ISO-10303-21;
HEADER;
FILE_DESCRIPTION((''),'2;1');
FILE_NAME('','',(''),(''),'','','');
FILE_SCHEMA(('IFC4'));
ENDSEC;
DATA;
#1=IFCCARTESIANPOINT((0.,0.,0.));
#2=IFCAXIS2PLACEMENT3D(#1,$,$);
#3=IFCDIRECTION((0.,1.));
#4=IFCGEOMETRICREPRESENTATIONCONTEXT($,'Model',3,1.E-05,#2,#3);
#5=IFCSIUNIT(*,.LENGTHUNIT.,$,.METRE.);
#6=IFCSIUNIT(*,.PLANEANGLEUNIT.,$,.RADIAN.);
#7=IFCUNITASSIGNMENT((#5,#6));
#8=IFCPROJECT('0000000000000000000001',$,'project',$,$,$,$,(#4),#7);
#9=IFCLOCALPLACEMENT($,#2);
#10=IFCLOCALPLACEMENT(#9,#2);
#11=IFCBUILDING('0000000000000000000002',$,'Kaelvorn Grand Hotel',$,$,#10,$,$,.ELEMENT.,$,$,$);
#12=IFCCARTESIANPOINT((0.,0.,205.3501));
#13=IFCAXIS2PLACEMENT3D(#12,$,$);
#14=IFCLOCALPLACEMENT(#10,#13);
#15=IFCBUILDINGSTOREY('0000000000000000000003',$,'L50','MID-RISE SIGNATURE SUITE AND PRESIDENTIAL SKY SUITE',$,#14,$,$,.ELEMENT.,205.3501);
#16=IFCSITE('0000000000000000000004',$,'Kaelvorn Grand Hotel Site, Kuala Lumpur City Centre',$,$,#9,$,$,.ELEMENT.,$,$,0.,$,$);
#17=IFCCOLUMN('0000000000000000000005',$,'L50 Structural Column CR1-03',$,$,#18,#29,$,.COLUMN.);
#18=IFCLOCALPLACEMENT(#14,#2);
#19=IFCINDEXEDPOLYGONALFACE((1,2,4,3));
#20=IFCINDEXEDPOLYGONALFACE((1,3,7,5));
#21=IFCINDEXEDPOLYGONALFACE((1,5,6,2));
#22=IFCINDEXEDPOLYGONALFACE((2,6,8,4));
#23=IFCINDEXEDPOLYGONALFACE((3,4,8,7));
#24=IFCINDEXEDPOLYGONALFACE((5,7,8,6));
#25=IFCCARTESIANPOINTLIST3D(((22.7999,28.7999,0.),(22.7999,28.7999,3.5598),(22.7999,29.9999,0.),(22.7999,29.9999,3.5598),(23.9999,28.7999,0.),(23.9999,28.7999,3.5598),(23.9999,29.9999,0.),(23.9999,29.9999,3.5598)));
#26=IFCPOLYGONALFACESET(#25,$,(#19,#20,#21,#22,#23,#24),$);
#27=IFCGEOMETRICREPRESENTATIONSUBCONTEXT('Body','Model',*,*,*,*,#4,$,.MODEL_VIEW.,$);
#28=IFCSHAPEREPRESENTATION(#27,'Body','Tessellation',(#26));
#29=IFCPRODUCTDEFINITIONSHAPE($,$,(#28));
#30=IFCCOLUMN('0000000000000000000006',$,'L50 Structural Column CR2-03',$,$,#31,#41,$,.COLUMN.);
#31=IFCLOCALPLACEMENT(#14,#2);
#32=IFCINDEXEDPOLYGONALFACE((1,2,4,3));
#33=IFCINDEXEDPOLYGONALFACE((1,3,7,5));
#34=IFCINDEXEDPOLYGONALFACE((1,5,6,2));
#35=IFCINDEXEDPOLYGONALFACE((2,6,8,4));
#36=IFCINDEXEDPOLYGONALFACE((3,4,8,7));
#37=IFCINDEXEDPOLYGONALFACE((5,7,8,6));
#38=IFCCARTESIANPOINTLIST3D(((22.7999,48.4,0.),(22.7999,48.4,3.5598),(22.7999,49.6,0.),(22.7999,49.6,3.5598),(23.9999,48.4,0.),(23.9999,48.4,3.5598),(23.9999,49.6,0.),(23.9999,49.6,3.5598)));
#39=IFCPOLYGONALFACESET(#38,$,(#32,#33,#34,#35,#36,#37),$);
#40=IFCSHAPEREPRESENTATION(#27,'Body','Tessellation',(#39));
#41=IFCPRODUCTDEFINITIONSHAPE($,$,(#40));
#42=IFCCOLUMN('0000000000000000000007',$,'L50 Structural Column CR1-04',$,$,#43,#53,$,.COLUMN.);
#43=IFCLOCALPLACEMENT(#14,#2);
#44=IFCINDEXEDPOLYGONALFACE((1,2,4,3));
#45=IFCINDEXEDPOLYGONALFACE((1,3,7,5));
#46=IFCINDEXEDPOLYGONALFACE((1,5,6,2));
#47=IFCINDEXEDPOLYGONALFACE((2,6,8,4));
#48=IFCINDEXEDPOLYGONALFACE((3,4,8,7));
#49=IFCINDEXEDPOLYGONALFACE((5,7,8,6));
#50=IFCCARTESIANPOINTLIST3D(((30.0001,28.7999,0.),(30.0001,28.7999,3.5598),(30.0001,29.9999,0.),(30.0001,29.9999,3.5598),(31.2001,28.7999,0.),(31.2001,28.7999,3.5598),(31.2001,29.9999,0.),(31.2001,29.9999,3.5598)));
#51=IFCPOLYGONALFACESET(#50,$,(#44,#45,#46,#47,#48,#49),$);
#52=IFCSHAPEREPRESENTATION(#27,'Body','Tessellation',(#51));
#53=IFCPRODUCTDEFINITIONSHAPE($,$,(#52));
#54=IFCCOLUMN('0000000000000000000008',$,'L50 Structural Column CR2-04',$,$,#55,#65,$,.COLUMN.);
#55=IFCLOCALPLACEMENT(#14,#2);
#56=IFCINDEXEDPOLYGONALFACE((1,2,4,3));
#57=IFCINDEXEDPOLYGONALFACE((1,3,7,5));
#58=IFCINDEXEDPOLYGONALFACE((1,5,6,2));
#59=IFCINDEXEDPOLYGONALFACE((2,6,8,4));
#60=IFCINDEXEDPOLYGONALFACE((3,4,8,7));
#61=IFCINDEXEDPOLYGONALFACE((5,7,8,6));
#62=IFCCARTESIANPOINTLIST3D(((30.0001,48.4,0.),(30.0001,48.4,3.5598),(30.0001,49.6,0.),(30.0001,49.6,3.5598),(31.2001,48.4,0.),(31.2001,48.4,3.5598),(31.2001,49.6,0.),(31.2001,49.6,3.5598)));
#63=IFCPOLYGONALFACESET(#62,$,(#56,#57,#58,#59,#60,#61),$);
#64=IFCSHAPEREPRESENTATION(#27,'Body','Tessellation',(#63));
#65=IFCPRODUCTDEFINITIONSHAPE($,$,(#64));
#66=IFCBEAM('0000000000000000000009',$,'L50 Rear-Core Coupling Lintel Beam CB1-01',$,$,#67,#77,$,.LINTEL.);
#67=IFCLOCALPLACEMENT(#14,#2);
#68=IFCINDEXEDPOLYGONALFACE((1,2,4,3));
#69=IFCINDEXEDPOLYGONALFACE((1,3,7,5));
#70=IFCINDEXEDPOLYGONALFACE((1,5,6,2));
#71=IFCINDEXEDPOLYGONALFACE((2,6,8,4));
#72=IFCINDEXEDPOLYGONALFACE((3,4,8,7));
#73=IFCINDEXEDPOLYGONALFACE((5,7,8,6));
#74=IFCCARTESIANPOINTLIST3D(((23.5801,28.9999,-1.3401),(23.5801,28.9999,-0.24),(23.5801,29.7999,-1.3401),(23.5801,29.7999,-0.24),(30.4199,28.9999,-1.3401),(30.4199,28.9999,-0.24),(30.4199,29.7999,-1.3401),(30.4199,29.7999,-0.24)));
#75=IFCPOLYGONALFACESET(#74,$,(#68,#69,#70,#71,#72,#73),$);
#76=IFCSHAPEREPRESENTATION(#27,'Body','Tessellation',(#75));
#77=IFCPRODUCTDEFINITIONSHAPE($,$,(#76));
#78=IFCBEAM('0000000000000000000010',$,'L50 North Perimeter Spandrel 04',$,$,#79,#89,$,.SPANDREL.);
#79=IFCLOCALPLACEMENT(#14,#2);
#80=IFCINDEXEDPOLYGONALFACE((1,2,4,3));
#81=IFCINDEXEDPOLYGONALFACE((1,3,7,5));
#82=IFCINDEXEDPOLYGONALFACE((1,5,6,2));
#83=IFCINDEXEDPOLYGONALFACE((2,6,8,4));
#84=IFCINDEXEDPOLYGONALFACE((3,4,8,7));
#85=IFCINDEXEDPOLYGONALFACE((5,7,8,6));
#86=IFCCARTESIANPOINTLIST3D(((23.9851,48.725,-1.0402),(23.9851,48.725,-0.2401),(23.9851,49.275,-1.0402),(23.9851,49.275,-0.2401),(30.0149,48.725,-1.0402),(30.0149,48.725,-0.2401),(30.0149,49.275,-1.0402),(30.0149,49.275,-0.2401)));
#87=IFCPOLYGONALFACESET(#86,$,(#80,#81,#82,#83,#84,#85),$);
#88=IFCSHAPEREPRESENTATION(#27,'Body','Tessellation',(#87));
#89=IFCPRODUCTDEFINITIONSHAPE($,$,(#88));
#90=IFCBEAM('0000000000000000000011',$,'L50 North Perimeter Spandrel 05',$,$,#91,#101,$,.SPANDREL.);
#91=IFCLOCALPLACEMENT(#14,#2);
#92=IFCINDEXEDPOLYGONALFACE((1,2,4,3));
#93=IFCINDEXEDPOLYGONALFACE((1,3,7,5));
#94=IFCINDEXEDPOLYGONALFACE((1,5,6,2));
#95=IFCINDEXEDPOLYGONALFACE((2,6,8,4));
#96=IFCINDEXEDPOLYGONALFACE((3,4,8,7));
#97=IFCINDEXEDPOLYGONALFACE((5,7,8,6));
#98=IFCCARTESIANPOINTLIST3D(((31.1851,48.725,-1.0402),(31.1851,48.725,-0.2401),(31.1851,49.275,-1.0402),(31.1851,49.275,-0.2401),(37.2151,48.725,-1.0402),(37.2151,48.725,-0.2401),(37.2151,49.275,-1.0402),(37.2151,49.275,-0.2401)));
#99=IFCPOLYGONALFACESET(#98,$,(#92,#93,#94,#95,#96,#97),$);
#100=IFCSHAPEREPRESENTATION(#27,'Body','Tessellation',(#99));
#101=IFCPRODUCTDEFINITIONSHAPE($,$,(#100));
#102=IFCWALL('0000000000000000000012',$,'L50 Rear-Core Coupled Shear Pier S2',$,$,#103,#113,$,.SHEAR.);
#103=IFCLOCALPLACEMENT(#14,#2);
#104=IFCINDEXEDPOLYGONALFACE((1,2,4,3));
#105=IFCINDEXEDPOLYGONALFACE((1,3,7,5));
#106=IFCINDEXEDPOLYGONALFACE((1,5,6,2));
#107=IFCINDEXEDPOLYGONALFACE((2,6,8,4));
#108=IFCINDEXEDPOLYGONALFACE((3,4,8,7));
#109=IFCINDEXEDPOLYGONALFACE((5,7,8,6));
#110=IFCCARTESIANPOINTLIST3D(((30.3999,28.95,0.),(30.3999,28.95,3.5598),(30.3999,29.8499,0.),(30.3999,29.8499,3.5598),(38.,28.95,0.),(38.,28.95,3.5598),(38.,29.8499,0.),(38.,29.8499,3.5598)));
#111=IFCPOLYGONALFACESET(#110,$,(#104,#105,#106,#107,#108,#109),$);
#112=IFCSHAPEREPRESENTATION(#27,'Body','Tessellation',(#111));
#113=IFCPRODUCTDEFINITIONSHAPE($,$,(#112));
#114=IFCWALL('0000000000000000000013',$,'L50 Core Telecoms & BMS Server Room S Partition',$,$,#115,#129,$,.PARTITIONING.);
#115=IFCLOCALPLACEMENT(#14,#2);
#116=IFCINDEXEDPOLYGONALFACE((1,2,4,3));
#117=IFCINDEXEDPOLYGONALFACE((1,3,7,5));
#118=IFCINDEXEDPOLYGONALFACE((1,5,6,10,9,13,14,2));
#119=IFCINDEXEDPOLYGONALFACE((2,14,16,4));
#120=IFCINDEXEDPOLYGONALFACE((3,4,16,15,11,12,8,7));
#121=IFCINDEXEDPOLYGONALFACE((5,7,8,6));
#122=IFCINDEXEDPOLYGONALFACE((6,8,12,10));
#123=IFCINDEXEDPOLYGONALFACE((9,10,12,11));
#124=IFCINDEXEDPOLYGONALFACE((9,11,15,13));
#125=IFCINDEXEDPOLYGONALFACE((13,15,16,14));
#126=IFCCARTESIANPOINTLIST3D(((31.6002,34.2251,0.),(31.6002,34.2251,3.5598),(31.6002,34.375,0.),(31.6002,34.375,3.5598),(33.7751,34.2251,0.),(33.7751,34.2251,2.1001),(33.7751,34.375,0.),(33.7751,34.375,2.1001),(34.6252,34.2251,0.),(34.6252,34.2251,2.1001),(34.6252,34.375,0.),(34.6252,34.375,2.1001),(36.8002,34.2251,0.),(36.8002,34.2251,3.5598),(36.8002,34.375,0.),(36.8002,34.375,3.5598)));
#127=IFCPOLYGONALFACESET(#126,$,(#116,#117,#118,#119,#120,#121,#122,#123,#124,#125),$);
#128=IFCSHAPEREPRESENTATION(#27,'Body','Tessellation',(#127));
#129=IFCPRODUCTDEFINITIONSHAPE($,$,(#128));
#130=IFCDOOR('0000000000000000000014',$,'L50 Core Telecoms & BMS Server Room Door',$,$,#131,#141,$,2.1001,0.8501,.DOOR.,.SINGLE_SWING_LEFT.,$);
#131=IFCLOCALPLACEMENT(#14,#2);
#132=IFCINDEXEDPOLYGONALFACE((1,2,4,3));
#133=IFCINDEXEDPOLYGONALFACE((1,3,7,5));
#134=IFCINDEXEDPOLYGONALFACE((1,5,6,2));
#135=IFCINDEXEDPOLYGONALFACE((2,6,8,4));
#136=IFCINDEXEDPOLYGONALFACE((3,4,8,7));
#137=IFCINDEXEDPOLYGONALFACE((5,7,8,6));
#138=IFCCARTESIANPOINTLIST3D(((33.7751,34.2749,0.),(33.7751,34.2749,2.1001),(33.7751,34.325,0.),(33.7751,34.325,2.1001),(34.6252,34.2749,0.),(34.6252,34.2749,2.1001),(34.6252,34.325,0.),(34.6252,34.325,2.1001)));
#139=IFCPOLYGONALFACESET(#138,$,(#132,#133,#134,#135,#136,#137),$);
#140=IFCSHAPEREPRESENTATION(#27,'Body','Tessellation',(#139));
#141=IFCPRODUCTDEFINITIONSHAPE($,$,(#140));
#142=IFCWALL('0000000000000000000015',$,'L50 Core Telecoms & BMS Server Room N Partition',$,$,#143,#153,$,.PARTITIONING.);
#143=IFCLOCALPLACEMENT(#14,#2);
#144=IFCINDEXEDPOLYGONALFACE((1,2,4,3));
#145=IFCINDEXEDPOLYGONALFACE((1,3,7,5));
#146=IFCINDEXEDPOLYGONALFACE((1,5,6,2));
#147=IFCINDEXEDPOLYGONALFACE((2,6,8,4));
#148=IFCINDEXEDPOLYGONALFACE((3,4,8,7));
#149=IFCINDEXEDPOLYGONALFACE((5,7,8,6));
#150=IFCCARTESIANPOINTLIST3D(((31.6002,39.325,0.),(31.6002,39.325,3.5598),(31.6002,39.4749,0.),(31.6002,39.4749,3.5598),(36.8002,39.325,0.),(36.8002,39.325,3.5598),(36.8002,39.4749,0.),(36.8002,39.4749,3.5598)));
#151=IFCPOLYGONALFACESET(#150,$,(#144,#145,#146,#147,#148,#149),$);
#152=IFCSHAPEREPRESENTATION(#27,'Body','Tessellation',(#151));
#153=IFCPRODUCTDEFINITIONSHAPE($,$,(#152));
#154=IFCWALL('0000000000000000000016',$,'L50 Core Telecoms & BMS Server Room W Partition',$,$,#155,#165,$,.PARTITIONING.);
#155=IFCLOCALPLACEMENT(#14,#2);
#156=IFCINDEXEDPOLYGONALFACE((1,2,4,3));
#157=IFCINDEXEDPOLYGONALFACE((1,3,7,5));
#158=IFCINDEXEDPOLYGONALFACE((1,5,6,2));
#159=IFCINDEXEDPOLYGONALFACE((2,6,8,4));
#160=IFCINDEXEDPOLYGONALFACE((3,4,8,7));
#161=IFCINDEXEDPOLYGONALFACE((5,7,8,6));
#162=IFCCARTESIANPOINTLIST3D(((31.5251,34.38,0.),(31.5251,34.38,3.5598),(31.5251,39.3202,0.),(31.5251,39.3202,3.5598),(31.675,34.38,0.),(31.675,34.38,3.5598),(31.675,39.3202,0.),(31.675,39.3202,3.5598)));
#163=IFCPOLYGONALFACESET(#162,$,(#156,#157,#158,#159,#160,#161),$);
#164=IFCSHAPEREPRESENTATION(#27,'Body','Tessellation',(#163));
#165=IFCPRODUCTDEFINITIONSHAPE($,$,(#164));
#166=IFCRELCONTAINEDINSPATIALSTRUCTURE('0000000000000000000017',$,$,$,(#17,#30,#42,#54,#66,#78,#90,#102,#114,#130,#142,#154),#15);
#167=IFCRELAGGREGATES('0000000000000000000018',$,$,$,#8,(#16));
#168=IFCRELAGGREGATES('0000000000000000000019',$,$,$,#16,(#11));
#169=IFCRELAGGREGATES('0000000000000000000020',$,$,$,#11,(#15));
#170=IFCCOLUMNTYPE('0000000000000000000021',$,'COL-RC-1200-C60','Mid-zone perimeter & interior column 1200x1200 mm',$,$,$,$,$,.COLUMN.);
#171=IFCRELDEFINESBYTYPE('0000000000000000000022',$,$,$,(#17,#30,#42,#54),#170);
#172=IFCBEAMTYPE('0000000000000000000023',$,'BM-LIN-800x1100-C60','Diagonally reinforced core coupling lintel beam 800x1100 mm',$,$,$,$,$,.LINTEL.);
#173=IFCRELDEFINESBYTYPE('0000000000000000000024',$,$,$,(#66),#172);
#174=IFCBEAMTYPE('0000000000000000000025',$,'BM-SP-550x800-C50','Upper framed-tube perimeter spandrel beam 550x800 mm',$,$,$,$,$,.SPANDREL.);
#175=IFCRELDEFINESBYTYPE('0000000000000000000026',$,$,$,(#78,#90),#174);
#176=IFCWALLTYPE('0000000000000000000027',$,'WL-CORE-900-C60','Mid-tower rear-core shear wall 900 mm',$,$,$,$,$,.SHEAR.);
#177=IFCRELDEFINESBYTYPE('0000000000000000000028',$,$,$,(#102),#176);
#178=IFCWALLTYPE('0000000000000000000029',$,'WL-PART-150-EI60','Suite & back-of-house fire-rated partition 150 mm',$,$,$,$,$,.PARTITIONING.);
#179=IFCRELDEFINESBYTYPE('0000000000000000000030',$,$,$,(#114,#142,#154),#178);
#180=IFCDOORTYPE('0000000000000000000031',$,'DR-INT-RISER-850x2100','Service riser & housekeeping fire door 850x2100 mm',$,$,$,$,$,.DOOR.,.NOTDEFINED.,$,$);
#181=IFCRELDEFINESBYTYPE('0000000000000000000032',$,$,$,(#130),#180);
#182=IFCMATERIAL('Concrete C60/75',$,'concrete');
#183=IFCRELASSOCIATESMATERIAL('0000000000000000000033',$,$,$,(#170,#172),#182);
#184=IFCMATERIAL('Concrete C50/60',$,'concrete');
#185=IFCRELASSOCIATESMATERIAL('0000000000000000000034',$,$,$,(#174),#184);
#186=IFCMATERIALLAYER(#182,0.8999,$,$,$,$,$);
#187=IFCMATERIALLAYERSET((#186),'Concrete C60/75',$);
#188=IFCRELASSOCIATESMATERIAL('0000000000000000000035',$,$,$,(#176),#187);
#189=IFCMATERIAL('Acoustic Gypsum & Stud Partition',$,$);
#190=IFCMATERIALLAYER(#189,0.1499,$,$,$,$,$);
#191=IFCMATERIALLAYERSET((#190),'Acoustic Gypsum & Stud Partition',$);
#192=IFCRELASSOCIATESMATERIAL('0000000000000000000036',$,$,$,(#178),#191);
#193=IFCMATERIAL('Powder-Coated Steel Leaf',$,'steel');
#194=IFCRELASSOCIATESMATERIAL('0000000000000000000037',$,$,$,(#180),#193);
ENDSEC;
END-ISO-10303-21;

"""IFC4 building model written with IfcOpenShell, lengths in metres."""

from ifc_helpers import new_model, si_unit, direction, frame, frame_2d, origin, origin_2d, place, context, subcontext, project, spatial, rectangle, extrude, material, layer, layer_set, material_profile, profile_set, type_object, element, fill, save


model = new_model("IFC4")

# Units and contexts
model_context = context("Model", 3, precision=1e-05, world=origin(), true_north=direction((0.0, 1.0)))
body_context = subcontext(model_context, "Body", "Model", "MODEL_VIEW")
ifc_project = project(units=[si_unit("LENGTHUNIT", "METRE"), si_unit("PLANEANGLEUNIT", "RADIAN")], contexts=[model_context])

# Site, building, storey
site_placement = place(None, origin())
site = spatial("IfcSite", under=ifc_project, at=site_placement, Name="Kaelvorn Grand Hotel Site, Kuala Lumpur City Centre", CompositionType="ELEMENT", RefElevation=0.0)
building_placement = place(site_placement, origin())
building = spatial("IfcBuilding", under=site, at=building_placement, Name="Kaelvorn Grand Hotel", CompositionType="ELEMENT")
storey_placement = place(building_placement, frame((0.0, 0.0, 205.3501)))
storey = spatial("IfcBuildingStorey", under=building, at=storey_placement, Name="L50", Description="MID-RISE SIGNATURE SUITE AND PRESIDENTIAL SKY SUITE", CompositionType="ELEMENT", Elevation=205.3501)

# Columns
ifc_material_1 = material(Name="Concrete C60/75", Category="concrete")
ifc_material_profile_1 = material_profile(ifc_material_1, rectangle(XDim=1.2, YDim=1.2, at=origin_2d()), Name="RC COL 1200x1200")
ifc_profile_set_1 = profile_set([ifc_material_profile_1], Name="Concrete C60/75")
column_type = type_object("IfcColumnType", Name="COL-RC-1200-C60", Description="Mid-zone perimeter & interior column 1200x1200 mm", PredefinedType="COLUMN", material=ifc_profile_set_1)
for number, where, z_axis, x_axis, name in (
    (1, (23.3999, 29.3999, 0.0), (0.0, 0.0, 1.0), (1.0, 0.0, 0.0), "L50 Structural Column CR1-03"),
    (2, (23.3999, 49.0, 0.0), (0.0, 0.0, 1.0), (1.0, 0.0, 0.0), "L50 Structural Column CR2-03"),
    (3, (30.6001, 29.3999, 0.0), (0.0, 0.0, 1.0), (1.0, 0.0, 0.0), "L50 Structural Column CR1-04"),
    (4, (30.6001, 49.0, 0.0), (0.0, 0.0, 1.0), (1.0, 0.0, 0.0), "L50 Structural Column CR2-04"),
):
    element("IfcColumn", number, at=place(storey_placement, frame(where, z_axis=z_axis, x_axis=x_axis)), inside=storey, type_object=column_type, Name=name, PredefinedType="COLUMN", context=body_context, shape_type="SweptSolid", body=[
        extrude(rectangle(XDim=1.2, YDim=1.2, at=origin_2d()), origin(), (0.0, 0.0, 1.0), 3.5598),
    ])

# Beams
ifc_material_profile_2 = material_profile(ifc_material_1, rectangle(XDim=0.8, YDim=1.1001, at=origin_2d()), Name="RC LINTEL 800x1100")
ifc_profile_set_2 = profile_set([ifc_material_profile_2], Name="Concrete C60/75")
beam_type_1 = type_object("IfcBeamType", Name="BM-LIN-800x1100-C60", Description="Diagonally reinforced core coupling lintel beam 800x1100 mm", PredefinedType="LINTEL", material=ifc_profile_set_2)
beam_1_placement = place(storey_placement, frame((23.5801, 29.3999, -0.79), z_axis=(1.0, 0.0, 0.0), x_axis=(0.0, 1.0, 0.0)))
element("IfcBeam", 5, at=beam_1_placement, inside=storey, type_object=beam_type_1, Name="L50 Rear-Core Coupling Lintel Beam CB1-01", PredefinedType="LINTEL", context=body_context, shape_type="SweptSolid", body=[
    extrude(rectangle(XDim=0.8, YDim=1.1001, at=origin_2d()), origin(), (0.0, 0.0, 1.0), 6.8398),
])
ifc_material_2 = material(Name="Concrete C50/60", Category="concrete")
ifc_material_profile_3 = material_profile(ifc_material_2, rectangle(XDim=0.55, YDim=0.8, at=origin_2d()), Name="RC SPANDREL 550x800")
ifc_profile_set_3 = profile_set([ifc_material_profile_3], Name="Concrete C50/60")
beam_type_2 = type_object("IfcBeamType", Name="BM-SP-550x800-C50", Description="Upper framed-tube perimeter spandrel beam 550x800 mm", PredefinedType="SPANDREL", material=ifc_profile_set_3)
beam_2_placement = place(storey_placement, frame((23.9851, 49.0, -0.6401), z_axis=(1.0, 0.0, 0.0), x_axis=(0.0, 1.0, 0.0)))
element("IfcBeam", 6, at=beam_2_placement, inside=storey, type_object=beam_type_2, Name="L50 North Perimeter Spandrel 04", PredefinedType="SPANDREL", context=body_context, shape_type="SweptSolid", body=[
    extrude(rectangle(XDim=0.55, YDim=0.8, at=origin_2d()), origin(), (0.0, 0.0, 1.0), 6.0298),
])
beam_3_placement = place(storey_placement, frame((31.1851, 49.0, -0.6401), z_axis=(1.0, 0.0, 0.0), x_axis=(0.0, 1.0, 0.0)))
element("IfcBeam", 7, at=beam_3_placement, inside=storey, type_object=beam_type_2, Name="L50 North Perimeter Spandrel 05", PredefinedType="SPANDREL", context=body_context, shape_type="SweptSolid", body=[
    extrude(rectangle(XDim=0.55, YDim=0.8, at=origin_2d()), origin(), (0.0, 0.0, 1.0), 6.03),
])

# Wall
ifc_layer_1 = layer(ifc_material_1, 0.8999)
ifc_layer_set_1 = layer_set([ifc_layer_1], Name="Concrete C60/75")
wall_type_1 = type_object("IfcWallType", Name="WL-CORE-900-C60", Description="Mid-tower rear-core shear wall 900 mm", PredefinedType="SHEAR", material=ifc_layer_set_1)
wall_1_placement = place(storey_placement, frame((30.3999, 29.3999, 0.0), z_axis=(0.0, 0.0, 1.0), x_axis=(1.0, 0.0, 0.0)))
element("IfcWall", 8, at=wall_1_placement, inside=storey, type_object=wall_type_1, Name="L50 Rear-Core Coupled Shear Pier S2", PredefinedType="SHEAR", context=body_context, shape_type="SweptSolid", body=[
    extrude(rectangle(XDim=7.6001, YDim=0.8999, at=frame_2d((3.8, 0.0))), origin(), (0.0, 0.0, 1.0), 3.5598),
])

# Wall, opening, door
ifc_material_3 = material(Name="Acoustic Gypsum & Stud Partition")
ifc_layer_2 = layer(ifc_material_3, 0.1499)
ifc_layer_set_2 = layer_set([ifc_layer_2], Name="Acoustic Gypsum & Stud Partition")
wall_type_2 = type_object("IfcWallType", Name="WL-PART-150-EI60", Description="Suite & back-of-house fire-rated partition 150 mm", PredefinedType="PARTITIONING", material=ifc_layer_set_2)
wall_2_placement = place(storey_placement, frame((31.6001, 34.3, 0.0), z_axis=(0.0, 0.0, 1.0), x_axis=(1.0, 0.0, 0.0)))
wall_2 = element("IfcWall", 9, at=wall_2_placement, inside=storey, type_object=wall_type_2, Name="L50 Core Telecoms & BMS Server Room S Partition", PredefinedType="PARTITIONING", context=body_context, shape_type="SweptSolid", body=[
    extrude(rectangle(XDim=5.2, YDim=0.1499, at=frame_2d((2.6001, 0.0))), origin(), (0.0, 0.0, 1.0), 3.5598),
])
opening_1_placement = place(wall_2_placement, frame((2.175, 0.0, 0.0)))
opening_1 = element("IfcOpeningElement", 10, at=opening_1_placement, cuts=wall_2, PredefinedType="OPENING", context=body_context, shape_type="SweptSolid", body=[
    extrude(rectangle(XDim=0.8501, YDim=2.1001, at=frame_2d((0.425, 1.05))), frame((0.0, 0.085, 0.0), z_axis=(0.0, -1.0, 0.0), x_axis=(1.0, 0.0, 0.0)), (0.0, 0.0, 1.0), 0.1699),
])
ifc_material_4 = material(Name="Powder-Coated Steel Leaf", Category="steel")
door_type_1 = type_object("IfcDoorType", Name="DR-INT-RISER-850x2100", Description="Service riser & housekeeping fire door 850x2100 mm", OperationType="NOTDEFINED", PredefinedType="DOOR", material=ifc_material_4)
door_1_placement = place(opening_1_placement, origin())
door_1 = element("IfcDoor", 11, at=door_1_placement, inside=storey, type_object=door_type_1, Name="L50 Core Telecoms & BMS Server Room Door", OperationType="SINGLE_SWING_LEFT", OverallHeight=2.1001, OverallWidth=0.8501, PredefinedType="DOOR", context=body_context, shape_type="SweptSolid", body=[
    extrude(rectangle(XDim=0.8501, YDim=2.1001, at=frame_2d((0.425, 1.05))), frame((0.0, 0.0249, 0.0), z_axis=(0.0, -1.0, 0.0), x_axis=(1.0, 0.0, 0.0)), (0.0, 0.0, 1.0), 0.05),
])
fill(opening_1, door_1)

# Walls
wall_3_placement = place(storey_placement, frame((31.6001, 39.3999, 0.0), z_axis=(0.0, 0.0, 1.0), x_axis=(1.0, 0.0, 0.0)))
element("IfcWall", 12, at=wall_3_placement, inside=storey, type_object=wall_type_2, Name="L50 Core Telecoms & BMS Server Room N Partition", PredefinedType="PARTITIONING", context=body_context, shape_type="SweptSolid", body=[
    extrude(rectangle(XDim=5.2, YDim=0.1499, at=frame_2d((2.6001, 0.0))), origin(), (0.0, 0.0, 1.0), 3.5598),
])
wall_4_placement = place(storey_placement, frame((31.6001, 34.3799, 0.0), z_axis=(0.0, 0.0, 1.0), x_axis=(0.0, 1.0, 0.0)))
element("IfcWall", 13, at=wall_4_placement, inside=storey, type_object=wall_type_2, Name="L50 Core Telecoms & BMS Server Room W Partition", PredefinedType="PARTITIONING", context=body_context, shape_type="SweptSolid", body=[
    extrude(rectangle(XDim=4.9402, YDim=0.1499, at=frame_2d((2.4702, 0.0))), origin(), (0.0, 0.0, 1.0), 3.5598),
])

save(model, "model.ifc")
